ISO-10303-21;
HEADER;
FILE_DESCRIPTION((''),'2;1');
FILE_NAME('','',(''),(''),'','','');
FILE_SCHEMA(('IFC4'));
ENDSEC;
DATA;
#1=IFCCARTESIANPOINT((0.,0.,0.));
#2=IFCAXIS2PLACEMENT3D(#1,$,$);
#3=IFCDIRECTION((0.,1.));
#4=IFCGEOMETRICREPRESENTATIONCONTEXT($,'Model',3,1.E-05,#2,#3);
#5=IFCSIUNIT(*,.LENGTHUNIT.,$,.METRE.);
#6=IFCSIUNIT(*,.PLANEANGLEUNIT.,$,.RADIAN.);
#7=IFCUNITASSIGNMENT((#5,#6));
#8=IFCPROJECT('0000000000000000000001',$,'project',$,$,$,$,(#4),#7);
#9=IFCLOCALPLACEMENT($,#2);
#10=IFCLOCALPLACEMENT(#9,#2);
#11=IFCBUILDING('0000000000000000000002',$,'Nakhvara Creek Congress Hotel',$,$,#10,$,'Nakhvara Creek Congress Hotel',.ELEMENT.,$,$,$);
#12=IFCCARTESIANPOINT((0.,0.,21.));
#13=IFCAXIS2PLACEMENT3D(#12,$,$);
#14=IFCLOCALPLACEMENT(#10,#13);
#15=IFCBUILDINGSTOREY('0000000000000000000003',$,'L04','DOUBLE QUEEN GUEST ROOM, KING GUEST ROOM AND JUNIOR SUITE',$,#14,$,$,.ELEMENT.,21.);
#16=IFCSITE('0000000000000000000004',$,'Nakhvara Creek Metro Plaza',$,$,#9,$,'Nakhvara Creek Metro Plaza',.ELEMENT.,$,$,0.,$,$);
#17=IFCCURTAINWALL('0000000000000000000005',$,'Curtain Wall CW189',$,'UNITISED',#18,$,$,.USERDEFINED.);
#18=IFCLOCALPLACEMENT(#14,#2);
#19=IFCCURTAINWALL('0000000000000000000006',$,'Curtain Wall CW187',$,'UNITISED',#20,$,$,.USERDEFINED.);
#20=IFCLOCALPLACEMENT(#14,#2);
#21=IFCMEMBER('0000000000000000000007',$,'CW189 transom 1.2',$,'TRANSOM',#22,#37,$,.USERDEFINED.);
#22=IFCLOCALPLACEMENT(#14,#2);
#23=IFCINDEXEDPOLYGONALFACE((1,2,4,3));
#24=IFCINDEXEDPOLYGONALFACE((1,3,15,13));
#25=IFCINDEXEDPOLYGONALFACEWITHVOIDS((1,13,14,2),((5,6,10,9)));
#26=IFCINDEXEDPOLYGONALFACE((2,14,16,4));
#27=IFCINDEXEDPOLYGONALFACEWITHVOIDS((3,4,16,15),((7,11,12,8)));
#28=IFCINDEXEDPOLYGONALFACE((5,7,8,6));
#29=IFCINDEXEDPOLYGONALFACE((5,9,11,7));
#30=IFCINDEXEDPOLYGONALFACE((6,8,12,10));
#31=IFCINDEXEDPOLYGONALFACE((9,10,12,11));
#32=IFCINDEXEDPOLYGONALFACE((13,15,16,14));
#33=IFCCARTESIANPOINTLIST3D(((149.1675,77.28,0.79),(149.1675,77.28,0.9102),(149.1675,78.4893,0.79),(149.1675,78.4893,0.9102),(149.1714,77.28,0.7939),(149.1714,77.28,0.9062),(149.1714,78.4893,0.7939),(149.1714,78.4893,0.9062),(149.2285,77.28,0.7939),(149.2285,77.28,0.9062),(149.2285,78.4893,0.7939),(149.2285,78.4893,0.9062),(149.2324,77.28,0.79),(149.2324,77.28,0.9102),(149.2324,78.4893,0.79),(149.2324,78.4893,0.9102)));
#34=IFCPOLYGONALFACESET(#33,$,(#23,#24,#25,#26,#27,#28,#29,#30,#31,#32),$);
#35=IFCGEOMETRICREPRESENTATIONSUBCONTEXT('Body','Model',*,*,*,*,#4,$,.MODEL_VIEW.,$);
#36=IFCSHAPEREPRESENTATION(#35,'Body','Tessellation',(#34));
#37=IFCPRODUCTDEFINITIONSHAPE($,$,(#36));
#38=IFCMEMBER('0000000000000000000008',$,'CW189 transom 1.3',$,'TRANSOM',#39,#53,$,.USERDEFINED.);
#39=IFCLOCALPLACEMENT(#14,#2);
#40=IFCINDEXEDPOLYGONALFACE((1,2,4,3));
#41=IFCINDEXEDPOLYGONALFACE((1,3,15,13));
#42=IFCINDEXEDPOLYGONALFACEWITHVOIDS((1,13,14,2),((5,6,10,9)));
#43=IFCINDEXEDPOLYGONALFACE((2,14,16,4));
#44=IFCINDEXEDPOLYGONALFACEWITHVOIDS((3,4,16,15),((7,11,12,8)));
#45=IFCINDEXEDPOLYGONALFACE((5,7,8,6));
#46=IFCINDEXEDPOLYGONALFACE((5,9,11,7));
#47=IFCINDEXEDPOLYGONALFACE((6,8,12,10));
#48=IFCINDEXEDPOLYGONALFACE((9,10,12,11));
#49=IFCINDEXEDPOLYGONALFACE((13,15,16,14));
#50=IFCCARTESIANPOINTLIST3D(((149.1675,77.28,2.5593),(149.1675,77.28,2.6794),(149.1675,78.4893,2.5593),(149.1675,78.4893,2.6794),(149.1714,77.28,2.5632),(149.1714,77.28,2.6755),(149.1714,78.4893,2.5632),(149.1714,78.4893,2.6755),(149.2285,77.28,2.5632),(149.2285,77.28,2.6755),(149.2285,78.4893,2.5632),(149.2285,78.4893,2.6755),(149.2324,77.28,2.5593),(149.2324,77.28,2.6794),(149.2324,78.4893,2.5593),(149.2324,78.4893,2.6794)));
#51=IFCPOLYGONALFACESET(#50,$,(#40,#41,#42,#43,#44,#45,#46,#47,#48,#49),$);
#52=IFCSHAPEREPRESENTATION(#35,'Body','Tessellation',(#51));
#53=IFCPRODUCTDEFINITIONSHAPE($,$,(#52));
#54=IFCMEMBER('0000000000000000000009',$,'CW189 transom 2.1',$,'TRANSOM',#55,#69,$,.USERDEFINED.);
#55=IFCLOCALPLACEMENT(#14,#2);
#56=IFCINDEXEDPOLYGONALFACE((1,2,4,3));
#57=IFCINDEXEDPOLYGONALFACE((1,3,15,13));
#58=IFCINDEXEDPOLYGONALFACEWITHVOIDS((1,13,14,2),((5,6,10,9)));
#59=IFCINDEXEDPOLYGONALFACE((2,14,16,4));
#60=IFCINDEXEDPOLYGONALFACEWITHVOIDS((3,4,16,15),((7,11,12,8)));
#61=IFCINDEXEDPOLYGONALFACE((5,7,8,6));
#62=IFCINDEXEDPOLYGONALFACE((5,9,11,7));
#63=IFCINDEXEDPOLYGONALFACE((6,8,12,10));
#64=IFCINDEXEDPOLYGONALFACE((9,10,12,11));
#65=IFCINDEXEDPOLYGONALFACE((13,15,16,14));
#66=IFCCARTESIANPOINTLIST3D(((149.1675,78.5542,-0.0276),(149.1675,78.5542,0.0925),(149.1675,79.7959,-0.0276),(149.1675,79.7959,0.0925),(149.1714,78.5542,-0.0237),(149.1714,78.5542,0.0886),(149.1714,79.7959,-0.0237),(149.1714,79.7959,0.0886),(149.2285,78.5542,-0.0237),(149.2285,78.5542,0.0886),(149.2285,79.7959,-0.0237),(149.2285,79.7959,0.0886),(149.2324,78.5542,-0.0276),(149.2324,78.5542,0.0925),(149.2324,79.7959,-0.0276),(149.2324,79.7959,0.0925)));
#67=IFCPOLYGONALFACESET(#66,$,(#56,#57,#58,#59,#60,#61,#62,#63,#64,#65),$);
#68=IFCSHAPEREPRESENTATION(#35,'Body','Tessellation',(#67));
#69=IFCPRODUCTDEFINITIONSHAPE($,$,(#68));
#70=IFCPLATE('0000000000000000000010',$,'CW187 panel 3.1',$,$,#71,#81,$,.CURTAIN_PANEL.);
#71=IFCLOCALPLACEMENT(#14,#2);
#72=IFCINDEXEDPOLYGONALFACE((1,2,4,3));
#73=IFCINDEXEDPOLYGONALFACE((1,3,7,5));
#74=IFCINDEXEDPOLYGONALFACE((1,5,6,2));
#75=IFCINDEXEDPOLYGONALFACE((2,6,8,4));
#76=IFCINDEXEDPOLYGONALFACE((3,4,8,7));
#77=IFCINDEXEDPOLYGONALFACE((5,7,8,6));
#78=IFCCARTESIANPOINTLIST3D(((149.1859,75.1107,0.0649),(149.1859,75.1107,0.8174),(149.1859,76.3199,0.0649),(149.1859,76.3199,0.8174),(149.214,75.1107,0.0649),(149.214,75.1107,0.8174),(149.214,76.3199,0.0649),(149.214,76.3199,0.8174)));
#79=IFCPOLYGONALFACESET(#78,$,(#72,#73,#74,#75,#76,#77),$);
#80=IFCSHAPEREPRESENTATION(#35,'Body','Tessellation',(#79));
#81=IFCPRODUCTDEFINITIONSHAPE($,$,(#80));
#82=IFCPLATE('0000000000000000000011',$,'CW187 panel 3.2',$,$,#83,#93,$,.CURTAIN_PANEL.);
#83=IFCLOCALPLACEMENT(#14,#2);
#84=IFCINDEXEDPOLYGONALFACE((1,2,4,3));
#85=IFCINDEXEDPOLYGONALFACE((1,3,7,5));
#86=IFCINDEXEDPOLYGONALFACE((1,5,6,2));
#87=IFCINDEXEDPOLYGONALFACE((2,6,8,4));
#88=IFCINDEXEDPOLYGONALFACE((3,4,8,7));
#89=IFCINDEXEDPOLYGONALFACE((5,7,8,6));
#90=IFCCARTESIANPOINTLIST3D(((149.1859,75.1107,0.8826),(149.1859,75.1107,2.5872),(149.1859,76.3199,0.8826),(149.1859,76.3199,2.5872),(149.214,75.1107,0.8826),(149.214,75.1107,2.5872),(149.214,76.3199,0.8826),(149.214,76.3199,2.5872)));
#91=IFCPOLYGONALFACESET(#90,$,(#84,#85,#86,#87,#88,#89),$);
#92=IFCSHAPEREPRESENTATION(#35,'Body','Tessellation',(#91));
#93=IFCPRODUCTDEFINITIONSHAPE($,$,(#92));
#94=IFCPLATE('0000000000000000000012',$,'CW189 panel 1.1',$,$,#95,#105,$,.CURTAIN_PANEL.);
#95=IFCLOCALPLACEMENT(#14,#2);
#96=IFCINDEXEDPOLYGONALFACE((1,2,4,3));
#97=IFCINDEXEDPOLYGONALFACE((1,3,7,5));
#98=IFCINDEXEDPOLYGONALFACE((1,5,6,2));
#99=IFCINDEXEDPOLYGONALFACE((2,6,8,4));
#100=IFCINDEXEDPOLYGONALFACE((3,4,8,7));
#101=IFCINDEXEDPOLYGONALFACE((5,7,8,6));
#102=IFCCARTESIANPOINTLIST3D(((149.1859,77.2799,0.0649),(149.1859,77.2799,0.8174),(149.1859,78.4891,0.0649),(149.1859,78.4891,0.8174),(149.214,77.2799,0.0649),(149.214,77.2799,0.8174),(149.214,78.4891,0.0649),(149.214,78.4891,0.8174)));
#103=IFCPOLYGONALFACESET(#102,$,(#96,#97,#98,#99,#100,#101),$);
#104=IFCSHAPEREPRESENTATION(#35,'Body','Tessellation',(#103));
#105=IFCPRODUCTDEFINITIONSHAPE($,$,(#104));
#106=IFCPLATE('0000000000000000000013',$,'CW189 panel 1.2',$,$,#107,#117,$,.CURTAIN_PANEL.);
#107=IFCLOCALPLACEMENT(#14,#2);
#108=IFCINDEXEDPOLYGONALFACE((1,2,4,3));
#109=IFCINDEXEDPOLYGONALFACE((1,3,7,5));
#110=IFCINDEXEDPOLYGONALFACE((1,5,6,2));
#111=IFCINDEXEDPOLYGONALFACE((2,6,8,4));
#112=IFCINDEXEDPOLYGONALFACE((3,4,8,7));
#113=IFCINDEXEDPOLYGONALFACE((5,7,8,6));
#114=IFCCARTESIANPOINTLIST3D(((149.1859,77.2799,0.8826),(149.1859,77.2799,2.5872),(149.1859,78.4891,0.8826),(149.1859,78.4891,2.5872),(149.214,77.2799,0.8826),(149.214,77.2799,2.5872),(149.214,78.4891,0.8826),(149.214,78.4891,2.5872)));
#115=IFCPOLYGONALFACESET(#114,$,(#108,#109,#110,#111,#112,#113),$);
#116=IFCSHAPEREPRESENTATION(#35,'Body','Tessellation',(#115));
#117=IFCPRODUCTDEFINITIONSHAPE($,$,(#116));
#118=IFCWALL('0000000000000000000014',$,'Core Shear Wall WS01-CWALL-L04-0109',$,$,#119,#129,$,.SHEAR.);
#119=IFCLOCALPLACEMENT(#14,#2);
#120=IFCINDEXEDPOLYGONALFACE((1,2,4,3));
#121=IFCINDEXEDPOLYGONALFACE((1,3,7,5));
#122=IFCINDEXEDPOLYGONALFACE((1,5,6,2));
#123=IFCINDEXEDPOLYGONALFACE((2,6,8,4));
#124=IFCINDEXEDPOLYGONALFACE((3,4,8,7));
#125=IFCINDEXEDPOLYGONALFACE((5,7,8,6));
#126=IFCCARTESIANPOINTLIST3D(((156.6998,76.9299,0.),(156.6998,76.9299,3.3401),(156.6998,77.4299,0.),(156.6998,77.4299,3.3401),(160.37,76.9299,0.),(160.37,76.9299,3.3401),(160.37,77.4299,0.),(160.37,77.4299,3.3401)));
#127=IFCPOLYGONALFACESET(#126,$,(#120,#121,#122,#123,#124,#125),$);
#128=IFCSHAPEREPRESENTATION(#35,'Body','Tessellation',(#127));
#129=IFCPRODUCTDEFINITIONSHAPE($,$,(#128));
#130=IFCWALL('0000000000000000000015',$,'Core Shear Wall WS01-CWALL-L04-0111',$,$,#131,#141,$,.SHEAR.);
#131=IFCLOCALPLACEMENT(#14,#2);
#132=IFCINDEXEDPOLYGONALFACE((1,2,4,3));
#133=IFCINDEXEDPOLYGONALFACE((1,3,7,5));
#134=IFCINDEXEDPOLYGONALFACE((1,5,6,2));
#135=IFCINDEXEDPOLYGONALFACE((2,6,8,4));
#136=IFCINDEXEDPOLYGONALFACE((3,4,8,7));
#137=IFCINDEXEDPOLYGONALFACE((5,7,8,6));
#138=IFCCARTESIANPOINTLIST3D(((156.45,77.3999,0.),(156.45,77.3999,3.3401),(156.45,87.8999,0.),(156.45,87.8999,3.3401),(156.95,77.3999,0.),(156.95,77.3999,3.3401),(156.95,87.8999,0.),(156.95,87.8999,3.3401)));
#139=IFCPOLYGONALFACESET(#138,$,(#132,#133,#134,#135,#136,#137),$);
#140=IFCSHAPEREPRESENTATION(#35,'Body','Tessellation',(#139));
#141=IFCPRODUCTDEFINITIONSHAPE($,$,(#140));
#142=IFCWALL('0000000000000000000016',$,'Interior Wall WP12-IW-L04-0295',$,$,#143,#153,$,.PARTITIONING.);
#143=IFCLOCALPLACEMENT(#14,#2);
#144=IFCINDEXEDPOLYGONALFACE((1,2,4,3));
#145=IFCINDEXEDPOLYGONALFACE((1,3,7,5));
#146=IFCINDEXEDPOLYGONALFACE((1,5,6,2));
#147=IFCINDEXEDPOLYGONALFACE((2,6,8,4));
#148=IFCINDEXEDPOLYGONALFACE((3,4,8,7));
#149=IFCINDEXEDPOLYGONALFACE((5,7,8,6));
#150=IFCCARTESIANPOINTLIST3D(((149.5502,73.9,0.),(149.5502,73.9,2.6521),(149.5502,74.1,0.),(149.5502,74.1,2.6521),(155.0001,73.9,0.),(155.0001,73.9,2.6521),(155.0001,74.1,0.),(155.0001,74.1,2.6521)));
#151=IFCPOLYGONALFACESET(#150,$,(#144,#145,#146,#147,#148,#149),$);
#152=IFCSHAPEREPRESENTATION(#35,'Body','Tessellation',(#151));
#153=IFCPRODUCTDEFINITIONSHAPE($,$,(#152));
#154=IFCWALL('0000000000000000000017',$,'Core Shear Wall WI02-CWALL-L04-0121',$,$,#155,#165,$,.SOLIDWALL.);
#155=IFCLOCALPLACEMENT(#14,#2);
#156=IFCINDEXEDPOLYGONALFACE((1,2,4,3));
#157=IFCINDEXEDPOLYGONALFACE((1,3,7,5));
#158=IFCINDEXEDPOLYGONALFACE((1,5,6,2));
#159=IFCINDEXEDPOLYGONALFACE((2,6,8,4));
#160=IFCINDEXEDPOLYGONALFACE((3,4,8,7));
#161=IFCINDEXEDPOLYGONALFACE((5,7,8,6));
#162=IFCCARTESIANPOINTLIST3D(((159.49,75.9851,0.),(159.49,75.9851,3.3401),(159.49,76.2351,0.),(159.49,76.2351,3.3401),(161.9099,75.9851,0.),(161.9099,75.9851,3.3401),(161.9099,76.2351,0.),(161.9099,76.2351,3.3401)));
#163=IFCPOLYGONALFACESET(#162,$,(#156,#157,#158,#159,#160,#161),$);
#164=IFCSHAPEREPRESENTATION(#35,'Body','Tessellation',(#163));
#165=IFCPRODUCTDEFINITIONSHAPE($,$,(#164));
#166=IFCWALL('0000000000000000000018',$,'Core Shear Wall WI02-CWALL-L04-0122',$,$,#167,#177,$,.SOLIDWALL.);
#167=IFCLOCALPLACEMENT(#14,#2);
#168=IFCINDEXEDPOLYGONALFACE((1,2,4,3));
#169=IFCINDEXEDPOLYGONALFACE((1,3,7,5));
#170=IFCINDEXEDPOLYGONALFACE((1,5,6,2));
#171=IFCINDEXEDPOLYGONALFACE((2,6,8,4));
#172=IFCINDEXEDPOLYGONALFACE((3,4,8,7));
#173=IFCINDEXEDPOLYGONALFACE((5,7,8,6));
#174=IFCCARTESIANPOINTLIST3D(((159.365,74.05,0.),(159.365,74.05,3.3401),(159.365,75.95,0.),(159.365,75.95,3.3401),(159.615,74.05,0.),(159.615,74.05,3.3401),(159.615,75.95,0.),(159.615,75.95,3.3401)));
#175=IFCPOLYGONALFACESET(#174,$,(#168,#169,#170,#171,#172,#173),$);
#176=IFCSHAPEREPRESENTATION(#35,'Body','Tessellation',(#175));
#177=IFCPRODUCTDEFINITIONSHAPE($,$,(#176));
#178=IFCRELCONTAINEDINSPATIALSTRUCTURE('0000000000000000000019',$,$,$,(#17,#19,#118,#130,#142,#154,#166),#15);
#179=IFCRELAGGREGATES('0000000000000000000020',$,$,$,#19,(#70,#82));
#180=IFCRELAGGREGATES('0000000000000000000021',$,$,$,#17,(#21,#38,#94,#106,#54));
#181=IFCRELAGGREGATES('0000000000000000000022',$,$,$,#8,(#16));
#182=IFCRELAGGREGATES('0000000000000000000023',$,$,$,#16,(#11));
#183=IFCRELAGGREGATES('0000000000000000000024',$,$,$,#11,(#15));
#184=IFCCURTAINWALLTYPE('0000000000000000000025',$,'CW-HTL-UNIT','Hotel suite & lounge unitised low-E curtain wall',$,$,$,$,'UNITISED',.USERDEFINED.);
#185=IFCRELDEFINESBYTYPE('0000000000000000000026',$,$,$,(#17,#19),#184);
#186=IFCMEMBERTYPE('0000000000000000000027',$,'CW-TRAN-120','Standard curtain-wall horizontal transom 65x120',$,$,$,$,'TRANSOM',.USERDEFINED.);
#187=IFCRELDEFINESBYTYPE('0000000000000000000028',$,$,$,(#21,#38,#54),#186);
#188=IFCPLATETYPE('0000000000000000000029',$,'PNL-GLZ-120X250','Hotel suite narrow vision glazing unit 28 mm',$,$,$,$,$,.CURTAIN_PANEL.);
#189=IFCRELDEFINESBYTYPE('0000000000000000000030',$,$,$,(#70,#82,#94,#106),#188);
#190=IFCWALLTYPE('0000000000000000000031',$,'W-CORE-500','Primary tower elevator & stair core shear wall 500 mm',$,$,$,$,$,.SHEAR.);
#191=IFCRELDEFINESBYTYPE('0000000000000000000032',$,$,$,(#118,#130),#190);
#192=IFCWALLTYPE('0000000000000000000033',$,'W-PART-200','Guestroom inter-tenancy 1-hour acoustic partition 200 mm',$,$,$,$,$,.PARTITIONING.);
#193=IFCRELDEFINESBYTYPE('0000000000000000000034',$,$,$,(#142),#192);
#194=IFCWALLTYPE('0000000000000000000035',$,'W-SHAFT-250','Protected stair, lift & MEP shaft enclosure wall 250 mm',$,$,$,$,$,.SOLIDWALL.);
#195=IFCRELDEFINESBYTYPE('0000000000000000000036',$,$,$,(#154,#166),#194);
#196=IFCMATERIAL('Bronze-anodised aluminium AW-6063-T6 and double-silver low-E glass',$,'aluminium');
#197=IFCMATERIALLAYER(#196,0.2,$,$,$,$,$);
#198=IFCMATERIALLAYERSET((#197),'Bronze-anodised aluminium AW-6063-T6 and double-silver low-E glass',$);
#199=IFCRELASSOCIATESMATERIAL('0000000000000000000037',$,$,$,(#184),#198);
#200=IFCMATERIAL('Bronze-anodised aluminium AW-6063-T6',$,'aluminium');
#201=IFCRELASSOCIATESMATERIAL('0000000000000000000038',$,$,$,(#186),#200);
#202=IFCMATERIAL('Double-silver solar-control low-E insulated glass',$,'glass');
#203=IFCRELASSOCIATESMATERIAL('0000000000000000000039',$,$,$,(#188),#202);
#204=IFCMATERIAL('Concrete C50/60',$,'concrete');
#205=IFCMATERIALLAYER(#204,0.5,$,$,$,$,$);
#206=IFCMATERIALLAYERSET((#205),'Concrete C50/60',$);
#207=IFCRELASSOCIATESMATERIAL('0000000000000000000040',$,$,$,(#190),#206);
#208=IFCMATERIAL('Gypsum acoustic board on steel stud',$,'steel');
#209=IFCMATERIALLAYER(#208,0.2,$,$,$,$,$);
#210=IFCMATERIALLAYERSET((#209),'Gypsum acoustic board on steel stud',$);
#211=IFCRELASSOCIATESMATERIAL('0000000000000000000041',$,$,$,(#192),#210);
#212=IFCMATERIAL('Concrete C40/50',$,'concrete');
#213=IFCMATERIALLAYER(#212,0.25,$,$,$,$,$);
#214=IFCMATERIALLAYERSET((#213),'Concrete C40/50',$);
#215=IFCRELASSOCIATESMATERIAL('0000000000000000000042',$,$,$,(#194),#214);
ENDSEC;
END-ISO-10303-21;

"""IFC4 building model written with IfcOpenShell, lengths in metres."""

from ifc_helpers import new_model, si_unit, direction, frame, frame_2d, origin, origin_2d, place, context, subcontext, project, spatial, rectangle, hollow_rectangle, extrude, material, layer, layer_set, material_profile, profile_set, type_object, element, aggregate, save


model = new_model("IFC4")

# Units and contexts
model_context = context("Model", 3, precision=1e-05, world=origin(), true_north=direction((0.0, 1.0)))
body_context = subcontext(model_context, "Body", "Model", "MODEL_VIEW")
ifc_project = project(units=[si_unit("LENGTHUNIT", "METRE"), si_unit("PLANEANGLEUNIT", "RADIAN")], contexts=[model_context])

# Site, building, storey
site_placement = place(None, origin())
site = spatial("IfcSite", under=ifc_project, at=site_placement, Name="Nakhvara Creek Metro Plaza", LongName="Nakhvara Creek Metro Plaza", CompositionType="ELEMENT", RefElevation=0.0)
building_placement = place(site_placement, origin())
building = spatial("IfcBuilding", under=site, at=building_placement, Name="Nakhvara Creek Congress Hotel", LongName="Nakhvara Creek Congress Hotel", CompositionType="ELEMENT")
storey_placement = place(building_placement, frame((0.0, 0.0, 21.0)))
storey = spatial("IfcBuildingStorey", under=building, at=storey_placement, Name="L04", Description="DOUBLE QUEEN GUEST ROOM, KING GUEST ROOM AND JUNIOR SUITE", CompositionType="ELEMENT", Elevation=21.0)

# Shared definitions
ifc_material_1 = material(Name="Concrete C50/60", Category="concrete")

# Shared definitions
ifc_material_2 = material(Name="Concrete C40/50", Category="concrete")

# Curtain walls
ifc_material_3 = material(Name="Bronze-anodised aluminium AW-6063-T6 and double-silver low-E glass", Category="aluminium")
ifc_layer_1 = layer(ifc_material_3, 0.2)
ifc_layer_set_1 = layer_set([ifc_layer_1], Name="Bronze-anodised aluminium AW-6063-T6 and double-silver low-E glass")
curtain_wall_type = type_object("IfcCurtainWallType", Name="CW-HTL-UNIT", Description="Hotel suite & lounge unitised low-E curtain wall", ElementType="UNITISED", PredefinedType="USERDEFINED", material=ifc_layer_set_1)
curtain_wall_1_placement = place(storey_placement, origin())
curtain_wall_1 = element("IfcCurtainWall", 1, at=curtain_wall_1_placement, inside=storey, type_object=curtain_wall_type, Name="Curtain Wall CW189", ObjectType="UNITISED", PredefinedType="USERDEFINED")
ifc_material_4 = material(Name="Bronze-anodised aluminium AW-6063-T6", Category="aluminium")
curtain_wall_2_placement = place(storey_placement, origin())
curtain_wall_2 = element("IfcCurtainWall", 2, at=curtain_wall_2_placement, inside=storey, type_object=curtain_wall_type, Name="Curtain Wall CW187", ObjectType="UNITISED", PredefinedType="USERDEFINED")
ifc_material_profile_1 = material_profile(ifc_material_4, hollow_rectangle(XDim=0.0649, YDim=0.1201, WallThickness=0.0039, at=origin_2d()), Name="ALU-TRAN 65x120x4", Category="LoadBearing")
ifc_profile_set_1 = profile_set([ifc_material_profile_1], Name="Bronze-anodised aluminium AW-6063-T6")
member_type_1 = type_object("IfcMemberType", Name="CW-TRAN-120", Description="Standard curtain-wall horizontal transom 65x120", ElementType="TRANSOM", PredefinedType="USERDEFINED", material=ifc_profile_set_1)

# Members
member_1_placement = place(storey_placement, frame((149.2, 77.28, 0.8501), z_axis=(0.0, 1.0, 0.0), x_axis=(-1.0, 0.0, 0.0)))
member_1 = element("IfcMember", 3, at=member_1_placement, type_object=member_type_1, Name="CW189 transom 1.2", ObjectType="TRANSOM", PredefinedType="USERDEFINED", context=body_context, shape_type="SweptSolid", body=[
    extrude(hollow_rectangle(XDim=0.0649, YDim=0.1201, WallThickness=0.0039, at=origin_2d()), origin(), (0.0, 0.0, 1.0), 1.2092),
])
member_2_placement = place(storey_placement, frame((149.2, 77.28, 2.6194), z_axis=(0.0, 1.0, 0.0), x_axis=(-1.0, 0.0, 0.0)))
member_2 = element("IfcMember", 4, at=member_2_placement, type_object=member_type_1, Name="CW189 transom 1.3", ObjectType="TRANSOM", PredefinedType="USERDEFINED", context=body_context, shape_type="SweptSolid", body=[
    extrude(hollow_rectangle(XDim=0.0649, YDim=0.1201, WallThickness=0.0039, at=origin_2d()), origin(), (0.0, 0.0, 1.0), 1.2092),
])
member_3_placement = place(storey_placement, frame((149.2, 78.5542, 0.0325), z_axis=(0.0, 1.0, 0.0), x_axis=(-1.0, 0.0, 0.0)))
member_3 = element("IfcMember", 5, at=member_3_placement, type_object=member_type_1, Name="CW189 transom 2.1", ObjectType="TRANSOM", PredefinedType="USERDEFINED", context=body_context, shape_type="SweptSolid", body=[
    extrude(hollow_rectangle(XDim=0.0649, YDim=0.1201, WallThickness=0.0039, at=origin_2d()), origin(), (0.0, 0.0, 1.0), 1.2417),
])

# Plates
ifc_material_5 = material(Name="Double-silver solar-control low-E insulated glass", Category="glass")
plate_type = type_object("IfcPlateType", Name="PNL-GLZ-120X250", Description="Hotel suite narrow vision glazing unit 28 mm", PredefinedType="CURTAIN_PANEL", material=ifc_material_5)
plate_1_placement = place(storey_placement, frame((149.2, 75.7153, 0.0649), z_axis=(0.0, 0.0, 1.0), x_axis=(0.0, 1.0, 0.0)))
plate_1 = element("IfcPlate", 6, at=plate_1_placement, type_object=plate_type, Name="CW187 panel 3.1", PredefinedType="CURTAIN_PANEL", context=body_context, shape_type="SweptSolid", body=[
    extrude(rectangle(XDim=1.2092, YDim=0.0281, at=origin_2d()), origin(), (0.0, 0.0, 1.0), 0.7524),
])
plate_2_placement = place(storey_placement, frame((149.2, 75.7153, 0.8826), z_axis=(0.0, 0.0, 1.0), x_axis=(0.0, 1.0, 0.0)))
plate_2 = element("IfcPlate", 7, at=plate_2_placement, type_object=plate_type, Name="CW187 panel 3.2", PredefinedType="CURTAIN_PANEL", context=body_context, shape_type="SweptSolid", body=[
    extrude(rectangle(XDim=1.2092, YDim=0.0281, at=origin_2d()), origin(), (0.0, 0.0, 1.0), 1.7046),
])
aggregate(curtain_wall_2, [plate_1, plate_2])
plate_3_placement = place(storey_placement, frame((149.2, 77.8845, 0.0649), z_axis=(0.0, 0.0, 1.0), x_axis=(0.0, 1.0, 0.0)))
plate_3 = element("IfcPlate", 8, at=plate_3_placement, type_object=plate_type, Name="CW189 panel 1.1", PredefinedType="CURTAIN_PANEL", context=body_context, shape_type="SweptSolid", body=[
    extrude(rectangle(XDim=1.2092, YDim=0.0281, at=origin_2d()), origin(), (0.0, 0.0, 1.0), 0.7524),
])
plate_4_placement = place(storey_placement, frame((149.2, 77.8845, 0.8826), z_axis=(0.0, 0.0, 1.0), x_axis=(0.0, 1.0, 0.0)))
plate_4 = element("IfcPlate", 9, at=plate_4_placement, type_object=plate_type, Name="CW189 panel 1.2", PredefinedType="CURTAIN_PANEL", context=body_context, shape_type="SweptSolid", body=[
    extrude(rectangle(XDim=1.2092, YDim=0.0281, at=origin_2d()), origin(), (0.0, 0.0, 1.0), 1.7046),
])
aggregate(curtain_wall_1, [member_1, member_2, plate_3, plate_4, member_3])

# Walls
ifc_layer_2 = layer(ifc_material_1, 0.5)
ifc_layer_set_2 = layer_set([ifc_layer_2], Name="Concrete C50/60")
wall_type_1 = type_object("IfcWallType", Name="W-CORE-500", Description="Primary tower elevator & stair core shear wall 500 mm", PredefinedType="SHEAR", material=ifc_layer_set_2)
wall_1_placement = place(storey_placement, frame((156.7, 77.1799, 0.0), z_axis=(0.0, 0.0, 1.0), x_axis=(1.0, 0.0, 0.0)))
element("IfcWall", 10, at=wall_1_placement, inside=storey, type_object=wall_type_1, Name="Core Shear Wall WS01-CWALL-L04-0109", PredefinedType="SHEAR", context=body_context, shape_type="SweptSolid", body=[
    extrude(rectangle(XDim=3.6702, YDim=0.5, at=frame_2d((1.835, 0.0))), origin(), (0.0, 0.0, 1.0), 3.3401),
])
wall_2_placement = place(storey_placement, frame((156.7, 77.3999, 0.0), z_axis=(0.0, 0.0, 1.0), x_axis=(0.0, 1.0, 0.0)))
element("IfcWall", 11, at=wall_2_placement, inside=storey, type_object=wall_type_1, Name="Core Shear Wall WS01-CWALL-L04-0111", PredefinedType="SHEAR", context=body_context, shape_type="SweptSolid", body=[
    extrude(rectangle(XDim=10.5, YDim=0.5, at=frame_2d((5.25, 0.0))), origin(), (0.0, 0.0, 1.0), 3.3401),
])

# Walls
ifc_material_6 = material(Name="Gypsum acoustic board on steel stud", Category="steel")
ifc_layer_3 = layer(ifc_material_6, 0.2)
ifc_layer_set_3 = layer_set([ifc_layer_3], Name="Gypsum acoustic board on steel stud")
wall_type_2 = type_object("IfcWallType", Name="W-PART-200", Description="Guestroom inter-tenancy 1-hour acoustic partition 200 mm", PredefinedType="PARTITIONING", material=ifc_layer_set_3)
wall_3_placement = place(storey_placement, frame((149.55, 74.0, 0.0), z_axis=(0.0, 0.0, 1.0), x_axis=(1.0, 0.0, 0.0)))
element("IfcWall", 12, at=wall_3_placement, inside=storey, type_object=wall_type_2, Name="Interior Wall WP12-IW-L04-0295", PredefinedType="PARTITIONING", context=body_context, shape_type="SweptSolid", body=[
    extrude(rectangle(XDim=5.45, YDim=0.2, at=frame_2d((2.7251, 0.0))), origin(), (0.0, 0.0, 1.0), 2.6521),
])
ifc_layer_4 = layer(ifc_material_2, 0.25)
ifc_layer_set_4 = layer_set([ifc_layer_4], Name="Concrete C40/50")
wall_type_3 = type_object("IfcWallType", Name="W-SHAFT-250", Description="Protected stair, lift & MEP shaft enclosure wall 250 mm", PredefinedType="SOLIDWALL", material=ifc_layer_set_4)
wall_4_placement = place(storey_placement, frame((159.49, 76.1101, 0.0), z_axis=(0.0, 0.0, 1.0), x_axis=(1.0, 0.0, 0.0)))
element("IfcWall", 13, at=wall_4_placement, inside=storey, type_object=wall_type_3, Name="Core Shear Wall WI02-CWALL-L04-0121", PredefinedType="SOLIDWALL", context=body_context, shape_type="SweptSolid", body=[
    extrude(rectangle(XDim=2.4199, YDim=0.25, at=frame_2d((1.21, 0.0))), origin(), (0.0, 0.0, 1.0), 3.3401),
])
wall_5_placement = place(storey_placement, frame((159.49, 74.05, 0.0), z_axis=(0.0, 0.0, 1.0), x_axis=(0.0, 1.0, 0.0)))
element("IfcWall", 14, at=wall_5_placement, inside=storey, type_object=wall_type_3, Name="Core Shear Wall WI02-CWALL-L04-0122", PredefinedType="SOLIDWALL", context=body_context, shape_type="SweptSolid", body=[
    extrude(rectangle(XDim=1.8999, YDim=0.25, at=frame_2d((0.95, 0.0))), origin(), (0.0, 0.0, 1.0), 3.3401),
])

save(model, "model.ifc")
